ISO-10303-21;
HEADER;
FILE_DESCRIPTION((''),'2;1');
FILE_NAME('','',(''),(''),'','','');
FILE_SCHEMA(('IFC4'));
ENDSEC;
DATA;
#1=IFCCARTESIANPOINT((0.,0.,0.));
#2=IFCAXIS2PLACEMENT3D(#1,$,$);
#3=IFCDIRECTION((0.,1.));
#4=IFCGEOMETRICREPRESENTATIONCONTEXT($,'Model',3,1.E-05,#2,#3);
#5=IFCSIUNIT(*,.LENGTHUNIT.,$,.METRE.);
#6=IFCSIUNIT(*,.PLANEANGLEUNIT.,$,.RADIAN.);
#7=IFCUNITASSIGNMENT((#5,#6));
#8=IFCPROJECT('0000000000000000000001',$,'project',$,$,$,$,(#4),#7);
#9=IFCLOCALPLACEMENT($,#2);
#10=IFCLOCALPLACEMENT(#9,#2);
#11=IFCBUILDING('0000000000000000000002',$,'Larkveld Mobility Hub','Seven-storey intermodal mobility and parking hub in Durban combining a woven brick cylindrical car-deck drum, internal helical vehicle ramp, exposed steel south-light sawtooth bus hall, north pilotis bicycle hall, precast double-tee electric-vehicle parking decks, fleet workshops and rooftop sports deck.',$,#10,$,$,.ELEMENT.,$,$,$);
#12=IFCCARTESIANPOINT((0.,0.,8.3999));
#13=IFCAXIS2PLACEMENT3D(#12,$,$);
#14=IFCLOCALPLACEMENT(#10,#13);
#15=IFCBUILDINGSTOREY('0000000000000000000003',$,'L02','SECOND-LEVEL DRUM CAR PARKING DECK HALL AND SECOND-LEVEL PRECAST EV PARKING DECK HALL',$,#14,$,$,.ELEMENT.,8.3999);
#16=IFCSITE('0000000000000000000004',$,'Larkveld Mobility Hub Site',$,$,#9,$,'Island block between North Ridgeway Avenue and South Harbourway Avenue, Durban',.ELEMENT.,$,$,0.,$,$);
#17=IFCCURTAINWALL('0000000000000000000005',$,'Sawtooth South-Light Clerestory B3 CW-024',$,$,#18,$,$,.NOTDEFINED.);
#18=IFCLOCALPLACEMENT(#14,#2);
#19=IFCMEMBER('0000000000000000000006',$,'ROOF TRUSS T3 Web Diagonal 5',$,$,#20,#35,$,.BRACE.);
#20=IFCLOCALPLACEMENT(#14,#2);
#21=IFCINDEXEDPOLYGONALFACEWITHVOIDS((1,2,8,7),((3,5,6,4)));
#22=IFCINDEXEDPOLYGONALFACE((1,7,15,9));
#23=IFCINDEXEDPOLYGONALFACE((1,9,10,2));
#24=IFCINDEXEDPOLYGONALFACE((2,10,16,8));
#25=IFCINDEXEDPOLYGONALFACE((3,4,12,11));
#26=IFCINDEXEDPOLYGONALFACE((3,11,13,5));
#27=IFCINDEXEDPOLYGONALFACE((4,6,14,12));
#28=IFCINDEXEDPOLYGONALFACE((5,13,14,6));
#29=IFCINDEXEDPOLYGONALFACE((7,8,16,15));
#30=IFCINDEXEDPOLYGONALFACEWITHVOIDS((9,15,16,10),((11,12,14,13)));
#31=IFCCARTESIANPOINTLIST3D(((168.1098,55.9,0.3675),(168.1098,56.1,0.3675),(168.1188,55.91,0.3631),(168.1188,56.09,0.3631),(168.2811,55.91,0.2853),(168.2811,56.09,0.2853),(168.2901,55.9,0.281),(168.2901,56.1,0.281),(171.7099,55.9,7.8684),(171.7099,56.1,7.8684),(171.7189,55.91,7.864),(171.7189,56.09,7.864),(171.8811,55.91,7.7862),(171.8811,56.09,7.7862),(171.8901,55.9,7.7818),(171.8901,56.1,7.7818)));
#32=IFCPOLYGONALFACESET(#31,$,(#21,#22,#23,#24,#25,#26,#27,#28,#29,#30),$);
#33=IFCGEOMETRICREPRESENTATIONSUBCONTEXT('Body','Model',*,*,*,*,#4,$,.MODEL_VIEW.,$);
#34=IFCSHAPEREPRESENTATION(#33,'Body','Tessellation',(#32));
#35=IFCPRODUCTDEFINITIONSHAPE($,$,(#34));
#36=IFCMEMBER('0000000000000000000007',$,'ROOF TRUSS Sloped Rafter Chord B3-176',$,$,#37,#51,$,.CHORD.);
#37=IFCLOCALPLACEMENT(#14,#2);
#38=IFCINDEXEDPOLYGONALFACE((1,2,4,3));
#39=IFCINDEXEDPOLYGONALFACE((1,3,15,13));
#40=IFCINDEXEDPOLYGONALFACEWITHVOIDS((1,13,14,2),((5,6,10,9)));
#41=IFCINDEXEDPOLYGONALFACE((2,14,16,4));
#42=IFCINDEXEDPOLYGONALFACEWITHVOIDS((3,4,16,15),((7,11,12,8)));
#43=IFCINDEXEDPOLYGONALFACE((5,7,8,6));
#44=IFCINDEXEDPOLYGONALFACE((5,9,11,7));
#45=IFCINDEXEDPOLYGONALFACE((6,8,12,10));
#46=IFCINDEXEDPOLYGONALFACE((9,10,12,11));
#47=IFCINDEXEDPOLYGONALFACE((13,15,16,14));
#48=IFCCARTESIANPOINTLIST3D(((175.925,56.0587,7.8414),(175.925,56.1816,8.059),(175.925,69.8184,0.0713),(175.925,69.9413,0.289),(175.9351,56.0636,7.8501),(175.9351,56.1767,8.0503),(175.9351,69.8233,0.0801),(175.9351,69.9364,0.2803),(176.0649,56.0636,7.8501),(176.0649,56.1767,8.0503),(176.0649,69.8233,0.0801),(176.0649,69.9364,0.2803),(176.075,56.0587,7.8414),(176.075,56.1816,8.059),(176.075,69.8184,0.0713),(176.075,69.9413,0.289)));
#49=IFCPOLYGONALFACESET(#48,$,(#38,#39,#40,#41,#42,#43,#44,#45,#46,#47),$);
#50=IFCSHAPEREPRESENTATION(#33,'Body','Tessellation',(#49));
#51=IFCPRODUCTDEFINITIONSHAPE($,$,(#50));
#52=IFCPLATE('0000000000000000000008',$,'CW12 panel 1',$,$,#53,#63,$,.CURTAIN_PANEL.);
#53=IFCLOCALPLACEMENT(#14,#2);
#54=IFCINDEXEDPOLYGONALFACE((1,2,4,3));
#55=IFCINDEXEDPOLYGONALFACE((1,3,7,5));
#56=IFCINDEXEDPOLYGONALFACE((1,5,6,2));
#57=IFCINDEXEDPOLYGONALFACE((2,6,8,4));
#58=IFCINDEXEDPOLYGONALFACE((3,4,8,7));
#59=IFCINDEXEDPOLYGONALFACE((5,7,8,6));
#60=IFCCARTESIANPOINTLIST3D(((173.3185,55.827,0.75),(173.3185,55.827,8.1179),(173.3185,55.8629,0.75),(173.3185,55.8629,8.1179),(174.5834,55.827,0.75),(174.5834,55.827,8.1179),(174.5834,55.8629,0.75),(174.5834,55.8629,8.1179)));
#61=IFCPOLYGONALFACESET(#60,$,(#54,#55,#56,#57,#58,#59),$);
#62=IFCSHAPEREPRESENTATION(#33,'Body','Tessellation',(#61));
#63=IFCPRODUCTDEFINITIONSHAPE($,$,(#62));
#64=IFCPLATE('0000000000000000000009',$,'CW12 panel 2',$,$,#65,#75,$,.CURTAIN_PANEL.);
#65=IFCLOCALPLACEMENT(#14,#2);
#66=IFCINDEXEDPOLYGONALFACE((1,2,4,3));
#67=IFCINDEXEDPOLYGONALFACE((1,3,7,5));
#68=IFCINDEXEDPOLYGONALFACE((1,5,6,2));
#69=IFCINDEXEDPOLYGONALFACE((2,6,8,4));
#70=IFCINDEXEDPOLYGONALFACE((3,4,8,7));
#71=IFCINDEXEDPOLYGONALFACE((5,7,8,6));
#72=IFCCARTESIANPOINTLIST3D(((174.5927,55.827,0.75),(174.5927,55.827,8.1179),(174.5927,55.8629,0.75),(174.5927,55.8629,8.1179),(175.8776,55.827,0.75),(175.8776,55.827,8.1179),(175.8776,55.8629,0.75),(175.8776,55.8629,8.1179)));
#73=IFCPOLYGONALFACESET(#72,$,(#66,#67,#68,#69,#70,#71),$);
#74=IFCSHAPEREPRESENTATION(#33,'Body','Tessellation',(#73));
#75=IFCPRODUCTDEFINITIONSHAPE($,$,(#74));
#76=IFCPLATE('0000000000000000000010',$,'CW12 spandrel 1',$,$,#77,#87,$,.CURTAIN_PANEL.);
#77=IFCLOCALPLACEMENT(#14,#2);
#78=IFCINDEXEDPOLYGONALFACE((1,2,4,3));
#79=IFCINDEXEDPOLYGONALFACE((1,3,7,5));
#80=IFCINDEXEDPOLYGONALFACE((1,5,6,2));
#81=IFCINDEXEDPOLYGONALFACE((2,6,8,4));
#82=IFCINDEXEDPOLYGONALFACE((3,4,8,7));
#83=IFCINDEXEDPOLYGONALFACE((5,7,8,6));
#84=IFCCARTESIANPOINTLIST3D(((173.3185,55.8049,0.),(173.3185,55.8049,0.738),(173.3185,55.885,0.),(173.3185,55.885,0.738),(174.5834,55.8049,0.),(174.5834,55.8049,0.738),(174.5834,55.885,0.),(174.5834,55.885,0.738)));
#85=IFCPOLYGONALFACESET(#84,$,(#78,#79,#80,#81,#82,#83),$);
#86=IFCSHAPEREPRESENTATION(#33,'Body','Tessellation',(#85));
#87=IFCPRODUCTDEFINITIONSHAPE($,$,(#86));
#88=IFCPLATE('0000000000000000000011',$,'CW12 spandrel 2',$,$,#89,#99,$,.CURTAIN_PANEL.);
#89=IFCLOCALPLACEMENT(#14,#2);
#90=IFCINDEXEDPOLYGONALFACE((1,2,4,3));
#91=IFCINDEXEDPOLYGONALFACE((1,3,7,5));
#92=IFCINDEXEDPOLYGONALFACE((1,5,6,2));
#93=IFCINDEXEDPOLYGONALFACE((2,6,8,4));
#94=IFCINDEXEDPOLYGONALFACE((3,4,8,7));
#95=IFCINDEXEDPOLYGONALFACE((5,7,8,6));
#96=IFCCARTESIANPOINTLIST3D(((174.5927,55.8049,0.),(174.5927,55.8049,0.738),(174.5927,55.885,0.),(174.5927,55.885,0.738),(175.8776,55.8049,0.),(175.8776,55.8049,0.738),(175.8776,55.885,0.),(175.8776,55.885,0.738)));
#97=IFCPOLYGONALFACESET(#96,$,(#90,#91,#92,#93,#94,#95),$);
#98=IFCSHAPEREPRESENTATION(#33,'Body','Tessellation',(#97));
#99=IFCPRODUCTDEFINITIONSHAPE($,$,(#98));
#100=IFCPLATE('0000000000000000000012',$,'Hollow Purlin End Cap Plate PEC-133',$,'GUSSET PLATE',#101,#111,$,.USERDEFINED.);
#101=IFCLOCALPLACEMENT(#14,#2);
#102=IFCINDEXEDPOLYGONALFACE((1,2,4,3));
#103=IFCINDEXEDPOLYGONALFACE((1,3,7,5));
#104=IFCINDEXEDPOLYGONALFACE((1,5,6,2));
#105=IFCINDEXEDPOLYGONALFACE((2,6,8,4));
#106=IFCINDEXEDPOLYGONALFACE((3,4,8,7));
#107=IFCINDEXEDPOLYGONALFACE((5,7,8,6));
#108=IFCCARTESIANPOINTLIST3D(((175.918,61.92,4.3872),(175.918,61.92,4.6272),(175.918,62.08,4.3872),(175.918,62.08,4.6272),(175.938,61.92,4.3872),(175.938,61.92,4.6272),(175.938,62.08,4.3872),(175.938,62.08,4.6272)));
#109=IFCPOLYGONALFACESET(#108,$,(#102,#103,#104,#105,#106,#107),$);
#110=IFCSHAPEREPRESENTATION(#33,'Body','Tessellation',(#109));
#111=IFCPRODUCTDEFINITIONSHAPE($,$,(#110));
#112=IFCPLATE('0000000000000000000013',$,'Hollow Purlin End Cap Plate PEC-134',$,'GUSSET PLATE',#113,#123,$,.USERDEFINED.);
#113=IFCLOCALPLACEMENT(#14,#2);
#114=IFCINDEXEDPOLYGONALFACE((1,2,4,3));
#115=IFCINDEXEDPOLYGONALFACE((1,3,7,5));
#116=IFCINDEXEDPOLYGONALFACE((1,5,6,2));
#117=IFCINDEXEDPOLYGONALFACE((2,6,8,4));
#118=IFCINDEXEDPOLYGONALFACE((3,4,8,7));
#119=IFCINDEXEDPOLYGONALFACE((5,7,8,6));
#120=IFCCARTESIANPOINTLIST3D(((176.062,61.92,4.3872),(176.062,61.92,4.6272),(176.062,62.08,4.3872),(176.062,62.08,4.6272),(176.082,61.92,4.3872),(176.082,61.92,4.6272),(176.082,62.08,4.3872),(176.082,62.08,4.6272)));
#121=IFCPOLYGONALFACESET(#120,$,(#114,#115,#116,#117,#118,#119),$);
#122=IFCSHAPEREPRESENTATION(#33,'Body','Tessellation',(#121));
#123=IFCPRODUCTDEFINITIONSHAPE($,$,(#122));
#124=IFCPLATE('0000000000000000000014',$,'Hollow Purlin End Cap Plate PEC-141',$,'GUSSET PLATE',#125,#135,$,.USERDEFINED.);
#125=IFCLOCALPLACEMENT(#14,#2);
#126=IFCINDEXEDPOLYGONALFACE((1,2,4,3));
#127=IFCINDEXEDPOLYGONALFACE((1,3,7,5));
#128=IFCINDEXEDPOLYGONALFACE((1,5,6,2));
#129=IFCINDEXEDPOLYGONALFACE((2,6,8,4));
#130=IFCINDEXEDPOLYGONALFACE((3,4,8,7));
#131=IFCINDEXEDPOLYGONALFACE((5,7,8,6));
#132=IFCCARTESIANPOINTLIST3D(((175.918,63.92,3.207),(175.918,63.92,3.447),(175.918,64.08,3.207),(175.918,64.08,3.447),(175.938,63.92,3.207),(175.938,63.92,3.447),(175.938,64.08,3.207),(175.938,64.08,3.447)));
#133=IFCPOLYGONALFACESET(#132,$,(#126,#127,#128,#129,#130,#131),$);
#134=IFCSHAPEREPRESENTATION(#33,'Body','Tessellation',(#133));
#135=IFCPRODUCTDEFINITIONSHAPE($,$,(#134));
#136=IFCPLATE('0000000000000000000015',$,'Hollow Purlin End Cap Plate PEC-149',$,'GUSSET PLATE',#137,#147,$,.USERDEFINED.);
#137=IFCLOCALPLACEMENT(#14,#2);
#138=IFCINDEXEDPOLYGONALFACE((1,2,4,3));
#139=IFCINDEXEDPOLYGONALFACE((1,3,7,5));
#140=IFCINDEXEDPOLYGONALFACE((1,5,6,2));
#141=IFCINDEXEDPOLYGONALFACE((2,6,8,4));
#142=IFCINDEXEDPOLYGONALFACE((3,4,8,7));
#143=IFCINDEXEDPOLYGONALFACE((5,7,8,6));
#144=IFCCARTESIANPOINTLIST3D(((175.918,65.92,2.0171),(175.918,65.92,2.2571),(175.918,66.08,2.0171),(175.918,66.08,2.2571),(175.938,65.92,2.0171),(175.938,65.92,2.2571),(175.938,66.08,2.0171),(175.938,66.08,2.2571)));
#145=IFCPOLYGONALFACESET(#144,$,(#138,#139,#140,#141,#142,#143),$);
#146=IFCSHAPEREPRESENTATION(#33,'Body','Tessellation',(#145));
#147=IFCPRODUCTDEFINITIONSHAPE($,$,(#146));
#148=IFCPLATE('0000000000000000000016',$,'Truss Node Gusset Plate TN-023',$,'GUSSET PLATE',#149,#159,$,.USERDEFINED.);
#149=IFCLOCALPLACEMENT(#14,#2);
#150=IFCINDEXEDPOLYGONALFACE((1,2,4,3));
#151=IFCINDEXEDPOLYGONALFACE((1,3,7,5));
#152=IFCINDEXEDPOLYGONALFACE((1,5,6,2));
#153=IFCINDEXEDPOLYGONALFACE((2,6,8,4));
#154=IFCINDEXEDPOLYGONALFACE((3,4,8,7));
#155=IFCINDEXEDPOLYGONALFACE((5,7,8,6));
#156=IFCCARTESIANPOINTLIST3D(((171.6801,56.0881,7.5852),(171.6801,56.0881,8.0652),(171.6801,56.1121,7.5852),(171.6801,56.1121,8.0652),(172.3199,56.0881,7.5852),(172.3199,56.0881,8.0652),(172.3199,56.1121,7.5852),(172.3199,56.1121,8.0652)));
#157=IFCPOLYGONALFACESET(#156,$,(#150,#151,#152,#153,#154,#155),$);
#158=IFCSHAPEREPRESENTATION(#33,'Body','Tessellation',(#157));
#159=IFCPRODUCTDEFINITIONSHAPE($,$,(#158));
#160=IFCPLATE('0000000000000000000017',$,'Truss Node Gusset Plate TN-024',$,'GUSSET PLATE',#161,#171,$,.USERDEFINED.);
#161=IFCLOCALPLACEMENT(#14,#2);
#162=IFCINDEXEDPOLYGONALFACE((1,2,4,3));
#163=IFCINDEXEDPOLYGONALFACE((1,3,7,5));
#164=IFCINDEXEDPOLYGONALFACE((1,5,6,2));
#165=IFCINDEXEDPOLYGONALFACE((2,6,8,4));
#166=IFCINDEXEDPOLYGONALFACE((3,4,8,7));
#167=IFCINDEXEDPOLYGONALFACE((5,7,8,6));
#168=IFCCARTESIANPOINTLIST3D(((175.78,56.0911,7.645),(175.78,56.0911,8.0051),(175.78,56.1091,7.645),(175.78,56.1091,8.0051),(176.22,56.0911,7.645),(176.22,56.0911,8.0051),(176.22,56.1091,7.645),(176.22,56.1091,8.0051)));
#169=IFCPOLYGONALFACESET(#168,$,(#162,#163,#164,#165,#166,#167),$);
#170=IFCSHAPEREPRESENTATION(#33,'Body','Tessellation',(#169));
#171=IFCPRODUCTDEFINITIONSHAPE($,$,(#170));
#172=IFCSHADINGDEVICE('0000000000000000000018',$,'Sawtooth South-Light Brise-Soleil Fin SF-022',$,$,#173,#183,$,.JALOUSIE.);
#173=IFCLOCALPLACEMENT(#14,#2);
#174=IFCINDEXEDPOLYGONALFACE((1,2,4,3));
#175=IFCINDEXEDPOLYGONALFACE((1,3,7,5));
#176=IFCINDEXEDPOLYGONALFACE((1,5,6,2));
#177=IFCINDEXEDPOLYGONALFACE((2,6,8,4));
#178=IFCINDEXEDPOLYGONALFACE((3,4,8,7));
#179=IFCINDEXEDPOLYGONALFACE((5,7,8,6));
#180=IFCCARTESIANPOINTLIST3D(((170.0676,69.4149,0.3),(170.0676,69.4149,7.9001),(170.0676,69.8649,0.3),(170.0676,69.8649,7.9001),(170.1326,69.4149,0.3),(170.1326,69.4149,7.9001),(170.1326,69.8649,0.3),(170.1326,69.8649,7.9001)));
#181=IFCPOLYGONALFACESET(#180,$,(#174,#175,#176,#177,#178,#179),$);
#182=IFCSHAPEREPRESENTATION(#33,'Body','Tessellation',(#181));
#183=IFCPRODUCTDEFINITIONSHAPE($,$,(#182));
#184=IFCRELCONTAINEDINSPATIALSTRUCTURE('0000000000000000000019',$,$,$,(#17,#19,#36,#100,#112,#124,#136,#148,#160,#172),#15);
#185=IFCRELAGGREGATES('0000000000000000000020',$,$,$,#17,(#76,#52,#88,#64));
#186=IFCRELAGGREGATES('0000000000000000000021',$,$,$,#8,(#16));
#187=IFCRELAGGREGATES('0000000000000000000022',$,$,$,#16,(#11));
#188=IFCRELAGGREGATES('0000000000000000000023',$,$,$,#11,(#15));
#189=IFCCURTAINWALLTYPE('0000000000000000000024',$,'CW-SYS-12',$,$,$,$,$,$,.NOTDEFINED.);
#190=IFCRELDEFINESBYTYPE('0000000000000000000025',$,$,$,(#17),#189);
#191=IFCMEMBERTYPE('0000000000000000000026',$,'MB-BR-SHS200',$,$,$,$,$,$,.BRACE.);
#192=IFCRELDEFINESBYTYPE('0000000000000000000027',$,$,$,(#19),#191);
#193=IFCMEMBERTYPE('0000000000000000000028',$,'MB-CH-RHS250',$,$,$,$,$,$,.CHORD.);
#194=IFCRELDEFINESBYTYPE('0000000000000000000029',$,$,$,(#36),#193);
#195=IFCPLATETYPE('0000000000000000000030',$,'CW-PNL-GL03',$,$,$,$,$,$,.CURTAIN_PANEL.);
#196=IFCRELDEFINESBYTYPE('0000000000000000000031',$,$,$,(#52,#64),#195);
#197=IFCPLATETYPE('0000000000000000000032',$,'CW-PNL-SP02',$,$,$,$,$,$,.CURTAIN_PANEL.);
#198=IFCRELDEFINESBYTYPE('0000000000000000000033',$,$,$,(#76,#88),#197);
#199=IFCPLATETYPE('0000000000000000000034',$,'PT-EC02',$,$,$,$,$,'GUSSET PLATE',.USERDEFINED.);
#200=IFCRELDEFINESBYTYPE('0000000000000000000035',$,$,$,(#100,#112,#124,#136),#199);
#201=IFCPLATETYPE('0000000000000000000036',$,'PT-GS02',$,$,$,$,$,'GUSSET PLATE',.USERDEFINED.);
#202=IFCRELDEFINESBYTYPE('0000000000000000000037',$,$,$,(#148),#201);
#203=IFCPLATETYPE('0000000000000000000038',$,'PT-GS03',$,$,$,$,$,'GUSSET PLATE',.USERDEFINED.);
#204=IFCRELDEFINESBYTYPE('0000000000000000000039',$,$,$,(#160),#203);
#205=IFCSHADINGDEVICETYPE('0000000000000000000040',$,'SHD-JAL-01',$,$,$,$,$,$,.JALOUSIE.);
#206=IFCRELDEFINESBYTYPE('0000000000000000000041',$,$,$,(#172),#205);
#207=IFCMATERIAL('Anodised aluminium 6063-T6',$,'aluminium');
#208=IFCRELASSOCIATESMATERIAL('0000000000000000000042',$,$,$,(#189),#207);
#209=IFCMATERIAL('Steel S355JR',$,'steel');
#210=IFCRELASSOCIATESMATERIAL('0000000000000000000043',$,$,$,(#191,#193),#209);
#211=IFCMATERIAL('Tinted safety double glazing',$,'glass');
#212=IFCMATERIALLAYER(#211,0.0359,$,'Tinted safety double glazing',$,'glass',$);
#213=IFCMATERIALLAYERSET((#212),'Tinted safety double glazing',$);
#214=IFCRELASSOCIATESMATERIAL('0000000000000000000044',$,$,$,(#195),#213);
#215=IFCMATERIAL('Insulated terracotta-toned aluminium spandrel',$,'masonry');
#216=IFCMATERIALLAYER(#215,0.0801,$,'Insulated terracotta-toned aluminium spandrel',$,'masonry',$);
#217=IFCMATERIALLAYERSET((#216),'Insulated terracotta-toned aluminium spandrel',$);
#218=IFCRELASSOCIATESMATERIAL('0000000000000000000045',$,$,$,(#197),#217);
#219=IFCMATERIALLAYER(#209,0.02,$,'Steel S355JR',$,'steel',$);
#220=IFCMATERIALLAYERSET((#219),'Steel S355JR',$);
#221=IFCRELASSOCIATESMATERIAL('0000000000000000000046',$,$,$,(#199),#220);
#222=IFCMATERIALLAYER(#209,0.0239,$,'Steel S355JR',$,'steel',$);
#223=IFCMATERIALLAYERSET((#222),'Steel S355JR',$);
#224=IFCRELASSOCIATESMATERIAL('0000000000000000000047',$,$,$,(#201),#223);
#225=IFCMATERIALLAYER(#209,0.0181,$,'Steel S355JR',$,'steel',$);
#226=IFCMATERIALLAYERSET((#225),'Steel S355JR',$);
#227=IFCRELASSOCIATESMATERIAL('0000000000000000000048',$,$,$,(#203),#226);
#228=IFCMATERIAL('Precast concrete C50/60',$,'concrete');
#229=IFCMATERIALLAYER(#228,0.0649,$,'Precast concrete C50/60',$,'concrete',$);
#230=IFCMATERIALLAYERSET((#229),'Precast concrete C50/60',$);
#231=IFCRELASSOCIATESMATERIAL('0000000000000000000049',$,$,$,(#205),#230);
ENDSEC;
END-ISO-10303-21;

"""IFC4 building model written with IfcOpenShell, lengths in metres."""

from ifc_helpers import new_model, si_unit, direction, frame, origin, origin_2d, place, context, subcontext, project, spatial, rectangle, hollow_rectangle, extrude, material, layer, layer_set, material_profile, profile_set, type_object, element, aggregate, save


model = new_model("IFC4")

# Units and contexts
model_context = context("Model", 3, precision=1e-05, world=origin(), true_north=direction((0.0, 1.0)))
body_context = subcontext(model_context, "Body", "Model", "MODEL_VIEW")
ifc_project = project(units=[si_unit("LENGTHUNIT", "METRE"), si_unit("PLANEANGLEUNIT", "RADIAN")], contexts=[model_context])

# Site, building, storey
site_placement = place(None, origin())
site = spatial("IfcSite", under=ifc_project, at=site_placement, Name="Larkveld Mobility Hub Site", LongName="Island block between North Ridgeway Avenue and South Harbourway Avenue, Durban", CompositionType="ELEMENT", RefElevation=0.0)
building_placement = place(site_placement, origin())
building = spatial("IfcBuilding", under=site, at=building_placement, Name="Larkveld Mobility Hub", Description="Seven-storey intermodal mobility and parking hub in Durban combining a woven brick cylindrical car-deck drum, internal helical vehicle ramp, exposed steel south-light sawtooth bus hall, north pilotis bicycle hall, precast double-tee electric-vehicle parking decks, fleet workshops and rooftop sports deck.", CompositionType="ELEMENT")
storey_placement = place(building_placement, frame((0.0, 0.0, 8.3999)))
storey = spatial("IfcBuildingStorey", under=building, at=storey_placement, Name="L02", Description="SECOND-LEVEL DRUM CAR PARKING DECK HALL AND SECOND-LEVEL PRECAST EV PARKING DECK HALL", CompositionType="ELEMENT", Elevation=8.3999)

# Curtain wall
ifc_material_1 = material(Name="Anodised aluminium 6063-T6", Category="aluminium")
curtain_wall_type = type_object("IfcCurtainWallType", Name="CW-SYS-12", PredefinedType="NOTDEFINED", material=ifc_material_1)
curtain_wall_placement = place(storey_placement, origin())
curtain_wall = element("IfcCurtainWall", 1, at=curtain_wall_placement, inside=storey, type_object=curtain_wall_type, Name="Sawtooth South-Light Clerestory B3 CW-024", PredefinedType="NOTDEFINED")

# Members
ifc_material_2 = material(Name="Steel S355JR", Category="steel")
ifc_material_profile_1 = material_profile(ifc_material_2, hollow_rectangle(XDim=0.2, YDim=0.2, WallThickness=0.01, at=origin_2d()), Name="SHS 200x200x10")
ifc_profile_set_1 = profile_set([ifc_material_profile_1], Name="Steel S355JR")
member_type_1 = type_object("IfcMemberType", Name="MB-BR-SHS200", PredefinedType="BRACE", material=ifc_profile_set_1)
member_1_placement = place(storey_placement, frame((168.2, 56.0, 0.3242), z_axis=(0.432695, 0.0, 0.90154), x_axis=(0.0, 1.0, 0.0)))
element("IfcMember", 2, at=member_1_placement, inside=storey, type_object=member_type_1, Name="ROOF TRUSS T3 Web Diagonal 5", PredefinedType="BRACE", context=body_context, shape_type="SweptSolid", body=[
    extrude(hollow_rectangle(XDim=0.2, YDim=0.2, WallThickness=0.01, at=origin_2d()), origin(), (0.0, 0.0, 1.0), 8.3201),
])
ifc_material_profile_2 = material_profile(ifc_material_2, hollow_rectangle(XDim=0.1499, YDim=0.25, WallThickness=0.01, at=origin_2d()), Name="RHS 250x150x10")
ifc_profile_set_2 = profile_set([ifc_material_profile_2], Name="Steel S355JR")
member_type_2 = type_object("IfcMemberType", Name="MB-CH-RHS250", PredefinedType="CHORD", material=ifc_profile_set_2)
member_2_placement = place(storey_placement, frame((176.0, 56.1201, 7.9502), z_axis=(0.0, 0.870759, -0.49171), x_axis=(-1.0, 0.0, 0.0)))
element("IfcMember", 3, at=member_2_placement, inside=storey, type_object=member_type_2, Name="ROOF TRUSS Sloped Rafter Chord B3-176", PredefinedType="CHORD", context=body_context, shape_type="SweptSolid", body=[
    extrude(hollow_rectangle(XDim=0.1499, YDim=0.25, WallThickness=0.01, at=origin_2d()), origin(), (0.0, 0.0, 1.0), 15.802),
])

# Plates
ifc_material_3 = material(Name="Tinted safety double glazing", Category="glass")
ifc_layer_1 = layer(ifc_material_3, 0.0359, Name="Tinted safety double glazing", Category="glass")
ifc_layer_set_1 = layer_set([ifc_layer_1], Name="Tinted safety double glazing")
plate_type_1 = type_object("IfcPlateType", Name="CW-PNL-GL03", PredefinedType="CURTAIN_PANEL", material=ifc_layer_set_1)
plate_1_placement = place(storey_placement, frame((173.9509, 55.845, 0.75), z_axis=(0.0, 0.0, 1.0), x_axis=(1.0, 0.0, 0.0)))
plate_1 = element("IfcPlate", 4, at=plate_1_placement, type_object=plate_type_1, Name="CW12 panel 1", PredefinedType="CURTAIN_PANEL", context=body_context, shape_type="SweptSolid", body=[
    extrude(rectangle(XDim=1.2649, YDim=0.0359, at=origin_2d()), origin(), (0.0, 0.0, 1.0), 7.3679),
])
plate_2_placement = place(storey_placement, frame((175.2351, 55.845, 0.75), z_axis=(0.0, 0.0, 1.0), x_axis=(1.0, 0.0, 0.0)))
plate_2 = element("IfcPlate", 5, at=plate_2_placement, type_object=plate_type_1, Name="CW12 panel 2", PredefinedType="CURTAIN_PANEL", context=body_context, shape_type="SweptSolid", body=[
    extrude(rectangle(XDim=1.2849, YDim=0.0359, at=origin_2d()), origin(), (0.0, 0.0, 1.0), 7.3679),
])
ifc_material_4 = material(Name="Insulated terracotta-toned aluminium spandrel", Category="masonry")
ifc_layer_2 = layer(ifc_material_4, 0.0801, Name="Insulated terracotta-toned aluminium spandrel", Category="masonry")
ifc_layer_set_2 = layer_set([ifc_layer_2], Name="Insulated terracotta-toned aluminium spandrel")
plate_type_2 = type_object("IfcPlateType", Name="CW-PNL-SP02", PredefinedType="CURTAIN_PANEL", material=ifc_layer_set_2)
plate_3_placement = place(storey_placement, frame((173.9509, 55.845, 0.0), z_axis=(0.0, 0.0, 1.0), x_axis=(1.0, 0.0, 0.0)))
plate_3 = element("IfcPlate", 6, at=plate_3_placement, type_object=plate_type_2, Name="CW12 spandrel 1", PredefinedType="CURTAIN_PANEL", context=body_context, shape_type="SweptSolid", body=[
    extrude(rectangle(XDim=1.2649, YDim=0.0801, at=origin_2d()), origin(), (0.0, 0.0, 1.0), 0.738),
])
plate_4_placement = place(storey_placement, frame((175.2351, 55.845, 0.0), z_axis=(0.0, 0.0, 1.0), x_axis=(1.0, 0.0, 0.0)))
plate_4 = element("IfcPlate", 7, at=plate_4_placement, type_object=plate_type_2, Name="CW12 spandrel 2", PredefinedType="CURTAIN_PANEL", context=body_context, shape_type="SweptSolid", body=[
    extrude(rectangle(XDim=1.2849, YDim=0.0801, at=origin_2d()), origin(), (0.0, 0.0, 1.0), 0.738),
])
aggregate(curtain_wall, [plate_3, plate_1, plate_4, plate_2])

# Plates
ifc_layer_3 = layer(ifc_material_2, 0.02, Name="Steel S355JR", Category="steel")
ifc_layer_set_3 = layer_set([ifc_layer_3], Name="Steel S355JR")
plate_type_3 = type_object("IfcPlateType", Name="PT-EC02", ElementType="GUSSET PLATE", PredefinedType="USERDEFINED", material=ifc_layer_set_3)
for number, where, z_axis, x_axis, name in (
    (8, (175.928, 62.0, 4.3872), (0.0, 0.0, 1.0), (1.0, 0.0, 0.0), "Hollow Purlin End Cap Plate PEC-133"),
    (9, (176.072, 62.0, 4.3872), (0.0, 0.0, 1.0), (1.0, 0.0, 0.0), "Hollow Purlin End Cap Plate PEC-134"),
    (10, (175.928, 64.0, 3.207), (0.0, 0.0, 1.0), (1.0, 0.0, 0.0), "Hollow Purlin End Cap Plate PEC-141"),
    (11, (175.928, 66.0, 2.0171), (0.0, 0.0, 1.0), (1.0, 0.0, 0.0), "Hollow Purlin End Cap Plate PEC-149"),
):
    element("IfcPlate", number, at=place(storey_placement, frame(where, z_axis=z_axis, x_axis=x_axis)), inside=storey, type_object=plate_type_3, Name=name, ObjectType="GUSSET PLATE", PredefinedType="USERDEFINED", context=body_context, shape_type="SweptSolid", body=[
        extrude(rectangle(XDim=0.02, YDim=0.1599, at=origin_2d()), origin(), (0.0, 0.0, 1.0), 0.24),
    ])
ifc_layer_4 = layer(ifc_material_2, 0.0239, Name="Steel S355JR", Category="steel")
ifc_layer_set_4 = layer_set([ifc_layer_4], Name="Steel S355JR")
plate_type_4 = type_object("IfcPlateType", Name="PT-GS02", ElementType="GUSSET PLATE", PredefinedType="USERDEFINED", material=ifc_layer_set_4)
plate_5_placement = place(storey_placement, frame((172.0, 56.1001, 7.5852), z_axis=(0.0, 0.0, 1.0), x_axis=(1.0, 0.0, 0.0)))
element("IfcPlate", 12, at=plate_5_placement, inside=storey, type_object=plate_type_4, Name="Truss Node Gusset Plate TN-023", ObjectType="GUSSET PLATE", PredefinedType="USERDEFINED", context=body_context, shape_type="SweptSolid", body=[
    extrude(rectangle(XDim=0.6399, YDim=0.0239, at=origin_2d()), origin(), (0.0, 0.0, 1.0), 0.48),
])
ifc_layer_5 = layer(ifc_material_2, 0.0181, Name="Steel S355JR", Category="steel")
ifc_layer_set_5 = layer_set([ifc_layer_5], Name="Steel S355JR")
plate_type_5 = type_object("IfcPlateType", Name="PT-GS03", ElementType="GUSSET PLATE", PredefinedType="USERDEFINED", material=ifc_layer_set_5)
plate_6_placement = place(storey_placement, frame((176.0, 56.1001, 7.645), z_axis=(0.0, 0.0, 1.0), x_axis=(1.0, 0.0, 0.0)))
element("IfcPlate", 13, at=plate_6_placement, inside=storey, type_object=plate_type_5, Name="Truss Node Gusset Plate TN-024", ObjectType="GUSSET PLATE", PredefinedType="USERDEFINED", context=body_context, shape_type="SweptSolid", body=[
    extrude(rectangle(XDim=0.4399, YDim=0.0181, at=origin_2d()), origin(), (0.0, 0.0, 1.0), 0.3601),
])

# Shading device
ifc_material_5 = material(Name="Precast concrete C50/60", Category="concrete")
ifc_layer_6 = layer(ifc_material_5, 0.0649, Name="Precast concrete C50/60", Category="concrete")
ifc_layer_set_6 = layer_set([ifc_layer_6], Name="Precast concrete C50/60")
shading_device_type_1 = type_object("IfcShadingDeviceType", Name="SHD-JAL-01", PredefinedType="JALOUSIE", material=ifc_layer_set_6)
shading_device_1_placement = place(storey_placement, frame((170.1001, 69.6399, 0.3), z_axis=(0.0, 0.0, 1.0), x_axis=(1.0, 0.0, 0.0)))
element("IfcShadingDevice", 14, at=shading_device_1_placement, inside=storey, type_object=shading_device_type_1, Name="Sawtooth South-Light Brise-Soleil Fin SF-022", PredefinedType="JALOUSIE", context=body_context, shape_type="SweptSolid", body=[
    extrude(rectangle(XDim=0.0649, YDim=0.45, at=origin_2d()), origin(), (0.0, 0.0, 1.0), 7.6001),
])

save(model, "model.ifc")
